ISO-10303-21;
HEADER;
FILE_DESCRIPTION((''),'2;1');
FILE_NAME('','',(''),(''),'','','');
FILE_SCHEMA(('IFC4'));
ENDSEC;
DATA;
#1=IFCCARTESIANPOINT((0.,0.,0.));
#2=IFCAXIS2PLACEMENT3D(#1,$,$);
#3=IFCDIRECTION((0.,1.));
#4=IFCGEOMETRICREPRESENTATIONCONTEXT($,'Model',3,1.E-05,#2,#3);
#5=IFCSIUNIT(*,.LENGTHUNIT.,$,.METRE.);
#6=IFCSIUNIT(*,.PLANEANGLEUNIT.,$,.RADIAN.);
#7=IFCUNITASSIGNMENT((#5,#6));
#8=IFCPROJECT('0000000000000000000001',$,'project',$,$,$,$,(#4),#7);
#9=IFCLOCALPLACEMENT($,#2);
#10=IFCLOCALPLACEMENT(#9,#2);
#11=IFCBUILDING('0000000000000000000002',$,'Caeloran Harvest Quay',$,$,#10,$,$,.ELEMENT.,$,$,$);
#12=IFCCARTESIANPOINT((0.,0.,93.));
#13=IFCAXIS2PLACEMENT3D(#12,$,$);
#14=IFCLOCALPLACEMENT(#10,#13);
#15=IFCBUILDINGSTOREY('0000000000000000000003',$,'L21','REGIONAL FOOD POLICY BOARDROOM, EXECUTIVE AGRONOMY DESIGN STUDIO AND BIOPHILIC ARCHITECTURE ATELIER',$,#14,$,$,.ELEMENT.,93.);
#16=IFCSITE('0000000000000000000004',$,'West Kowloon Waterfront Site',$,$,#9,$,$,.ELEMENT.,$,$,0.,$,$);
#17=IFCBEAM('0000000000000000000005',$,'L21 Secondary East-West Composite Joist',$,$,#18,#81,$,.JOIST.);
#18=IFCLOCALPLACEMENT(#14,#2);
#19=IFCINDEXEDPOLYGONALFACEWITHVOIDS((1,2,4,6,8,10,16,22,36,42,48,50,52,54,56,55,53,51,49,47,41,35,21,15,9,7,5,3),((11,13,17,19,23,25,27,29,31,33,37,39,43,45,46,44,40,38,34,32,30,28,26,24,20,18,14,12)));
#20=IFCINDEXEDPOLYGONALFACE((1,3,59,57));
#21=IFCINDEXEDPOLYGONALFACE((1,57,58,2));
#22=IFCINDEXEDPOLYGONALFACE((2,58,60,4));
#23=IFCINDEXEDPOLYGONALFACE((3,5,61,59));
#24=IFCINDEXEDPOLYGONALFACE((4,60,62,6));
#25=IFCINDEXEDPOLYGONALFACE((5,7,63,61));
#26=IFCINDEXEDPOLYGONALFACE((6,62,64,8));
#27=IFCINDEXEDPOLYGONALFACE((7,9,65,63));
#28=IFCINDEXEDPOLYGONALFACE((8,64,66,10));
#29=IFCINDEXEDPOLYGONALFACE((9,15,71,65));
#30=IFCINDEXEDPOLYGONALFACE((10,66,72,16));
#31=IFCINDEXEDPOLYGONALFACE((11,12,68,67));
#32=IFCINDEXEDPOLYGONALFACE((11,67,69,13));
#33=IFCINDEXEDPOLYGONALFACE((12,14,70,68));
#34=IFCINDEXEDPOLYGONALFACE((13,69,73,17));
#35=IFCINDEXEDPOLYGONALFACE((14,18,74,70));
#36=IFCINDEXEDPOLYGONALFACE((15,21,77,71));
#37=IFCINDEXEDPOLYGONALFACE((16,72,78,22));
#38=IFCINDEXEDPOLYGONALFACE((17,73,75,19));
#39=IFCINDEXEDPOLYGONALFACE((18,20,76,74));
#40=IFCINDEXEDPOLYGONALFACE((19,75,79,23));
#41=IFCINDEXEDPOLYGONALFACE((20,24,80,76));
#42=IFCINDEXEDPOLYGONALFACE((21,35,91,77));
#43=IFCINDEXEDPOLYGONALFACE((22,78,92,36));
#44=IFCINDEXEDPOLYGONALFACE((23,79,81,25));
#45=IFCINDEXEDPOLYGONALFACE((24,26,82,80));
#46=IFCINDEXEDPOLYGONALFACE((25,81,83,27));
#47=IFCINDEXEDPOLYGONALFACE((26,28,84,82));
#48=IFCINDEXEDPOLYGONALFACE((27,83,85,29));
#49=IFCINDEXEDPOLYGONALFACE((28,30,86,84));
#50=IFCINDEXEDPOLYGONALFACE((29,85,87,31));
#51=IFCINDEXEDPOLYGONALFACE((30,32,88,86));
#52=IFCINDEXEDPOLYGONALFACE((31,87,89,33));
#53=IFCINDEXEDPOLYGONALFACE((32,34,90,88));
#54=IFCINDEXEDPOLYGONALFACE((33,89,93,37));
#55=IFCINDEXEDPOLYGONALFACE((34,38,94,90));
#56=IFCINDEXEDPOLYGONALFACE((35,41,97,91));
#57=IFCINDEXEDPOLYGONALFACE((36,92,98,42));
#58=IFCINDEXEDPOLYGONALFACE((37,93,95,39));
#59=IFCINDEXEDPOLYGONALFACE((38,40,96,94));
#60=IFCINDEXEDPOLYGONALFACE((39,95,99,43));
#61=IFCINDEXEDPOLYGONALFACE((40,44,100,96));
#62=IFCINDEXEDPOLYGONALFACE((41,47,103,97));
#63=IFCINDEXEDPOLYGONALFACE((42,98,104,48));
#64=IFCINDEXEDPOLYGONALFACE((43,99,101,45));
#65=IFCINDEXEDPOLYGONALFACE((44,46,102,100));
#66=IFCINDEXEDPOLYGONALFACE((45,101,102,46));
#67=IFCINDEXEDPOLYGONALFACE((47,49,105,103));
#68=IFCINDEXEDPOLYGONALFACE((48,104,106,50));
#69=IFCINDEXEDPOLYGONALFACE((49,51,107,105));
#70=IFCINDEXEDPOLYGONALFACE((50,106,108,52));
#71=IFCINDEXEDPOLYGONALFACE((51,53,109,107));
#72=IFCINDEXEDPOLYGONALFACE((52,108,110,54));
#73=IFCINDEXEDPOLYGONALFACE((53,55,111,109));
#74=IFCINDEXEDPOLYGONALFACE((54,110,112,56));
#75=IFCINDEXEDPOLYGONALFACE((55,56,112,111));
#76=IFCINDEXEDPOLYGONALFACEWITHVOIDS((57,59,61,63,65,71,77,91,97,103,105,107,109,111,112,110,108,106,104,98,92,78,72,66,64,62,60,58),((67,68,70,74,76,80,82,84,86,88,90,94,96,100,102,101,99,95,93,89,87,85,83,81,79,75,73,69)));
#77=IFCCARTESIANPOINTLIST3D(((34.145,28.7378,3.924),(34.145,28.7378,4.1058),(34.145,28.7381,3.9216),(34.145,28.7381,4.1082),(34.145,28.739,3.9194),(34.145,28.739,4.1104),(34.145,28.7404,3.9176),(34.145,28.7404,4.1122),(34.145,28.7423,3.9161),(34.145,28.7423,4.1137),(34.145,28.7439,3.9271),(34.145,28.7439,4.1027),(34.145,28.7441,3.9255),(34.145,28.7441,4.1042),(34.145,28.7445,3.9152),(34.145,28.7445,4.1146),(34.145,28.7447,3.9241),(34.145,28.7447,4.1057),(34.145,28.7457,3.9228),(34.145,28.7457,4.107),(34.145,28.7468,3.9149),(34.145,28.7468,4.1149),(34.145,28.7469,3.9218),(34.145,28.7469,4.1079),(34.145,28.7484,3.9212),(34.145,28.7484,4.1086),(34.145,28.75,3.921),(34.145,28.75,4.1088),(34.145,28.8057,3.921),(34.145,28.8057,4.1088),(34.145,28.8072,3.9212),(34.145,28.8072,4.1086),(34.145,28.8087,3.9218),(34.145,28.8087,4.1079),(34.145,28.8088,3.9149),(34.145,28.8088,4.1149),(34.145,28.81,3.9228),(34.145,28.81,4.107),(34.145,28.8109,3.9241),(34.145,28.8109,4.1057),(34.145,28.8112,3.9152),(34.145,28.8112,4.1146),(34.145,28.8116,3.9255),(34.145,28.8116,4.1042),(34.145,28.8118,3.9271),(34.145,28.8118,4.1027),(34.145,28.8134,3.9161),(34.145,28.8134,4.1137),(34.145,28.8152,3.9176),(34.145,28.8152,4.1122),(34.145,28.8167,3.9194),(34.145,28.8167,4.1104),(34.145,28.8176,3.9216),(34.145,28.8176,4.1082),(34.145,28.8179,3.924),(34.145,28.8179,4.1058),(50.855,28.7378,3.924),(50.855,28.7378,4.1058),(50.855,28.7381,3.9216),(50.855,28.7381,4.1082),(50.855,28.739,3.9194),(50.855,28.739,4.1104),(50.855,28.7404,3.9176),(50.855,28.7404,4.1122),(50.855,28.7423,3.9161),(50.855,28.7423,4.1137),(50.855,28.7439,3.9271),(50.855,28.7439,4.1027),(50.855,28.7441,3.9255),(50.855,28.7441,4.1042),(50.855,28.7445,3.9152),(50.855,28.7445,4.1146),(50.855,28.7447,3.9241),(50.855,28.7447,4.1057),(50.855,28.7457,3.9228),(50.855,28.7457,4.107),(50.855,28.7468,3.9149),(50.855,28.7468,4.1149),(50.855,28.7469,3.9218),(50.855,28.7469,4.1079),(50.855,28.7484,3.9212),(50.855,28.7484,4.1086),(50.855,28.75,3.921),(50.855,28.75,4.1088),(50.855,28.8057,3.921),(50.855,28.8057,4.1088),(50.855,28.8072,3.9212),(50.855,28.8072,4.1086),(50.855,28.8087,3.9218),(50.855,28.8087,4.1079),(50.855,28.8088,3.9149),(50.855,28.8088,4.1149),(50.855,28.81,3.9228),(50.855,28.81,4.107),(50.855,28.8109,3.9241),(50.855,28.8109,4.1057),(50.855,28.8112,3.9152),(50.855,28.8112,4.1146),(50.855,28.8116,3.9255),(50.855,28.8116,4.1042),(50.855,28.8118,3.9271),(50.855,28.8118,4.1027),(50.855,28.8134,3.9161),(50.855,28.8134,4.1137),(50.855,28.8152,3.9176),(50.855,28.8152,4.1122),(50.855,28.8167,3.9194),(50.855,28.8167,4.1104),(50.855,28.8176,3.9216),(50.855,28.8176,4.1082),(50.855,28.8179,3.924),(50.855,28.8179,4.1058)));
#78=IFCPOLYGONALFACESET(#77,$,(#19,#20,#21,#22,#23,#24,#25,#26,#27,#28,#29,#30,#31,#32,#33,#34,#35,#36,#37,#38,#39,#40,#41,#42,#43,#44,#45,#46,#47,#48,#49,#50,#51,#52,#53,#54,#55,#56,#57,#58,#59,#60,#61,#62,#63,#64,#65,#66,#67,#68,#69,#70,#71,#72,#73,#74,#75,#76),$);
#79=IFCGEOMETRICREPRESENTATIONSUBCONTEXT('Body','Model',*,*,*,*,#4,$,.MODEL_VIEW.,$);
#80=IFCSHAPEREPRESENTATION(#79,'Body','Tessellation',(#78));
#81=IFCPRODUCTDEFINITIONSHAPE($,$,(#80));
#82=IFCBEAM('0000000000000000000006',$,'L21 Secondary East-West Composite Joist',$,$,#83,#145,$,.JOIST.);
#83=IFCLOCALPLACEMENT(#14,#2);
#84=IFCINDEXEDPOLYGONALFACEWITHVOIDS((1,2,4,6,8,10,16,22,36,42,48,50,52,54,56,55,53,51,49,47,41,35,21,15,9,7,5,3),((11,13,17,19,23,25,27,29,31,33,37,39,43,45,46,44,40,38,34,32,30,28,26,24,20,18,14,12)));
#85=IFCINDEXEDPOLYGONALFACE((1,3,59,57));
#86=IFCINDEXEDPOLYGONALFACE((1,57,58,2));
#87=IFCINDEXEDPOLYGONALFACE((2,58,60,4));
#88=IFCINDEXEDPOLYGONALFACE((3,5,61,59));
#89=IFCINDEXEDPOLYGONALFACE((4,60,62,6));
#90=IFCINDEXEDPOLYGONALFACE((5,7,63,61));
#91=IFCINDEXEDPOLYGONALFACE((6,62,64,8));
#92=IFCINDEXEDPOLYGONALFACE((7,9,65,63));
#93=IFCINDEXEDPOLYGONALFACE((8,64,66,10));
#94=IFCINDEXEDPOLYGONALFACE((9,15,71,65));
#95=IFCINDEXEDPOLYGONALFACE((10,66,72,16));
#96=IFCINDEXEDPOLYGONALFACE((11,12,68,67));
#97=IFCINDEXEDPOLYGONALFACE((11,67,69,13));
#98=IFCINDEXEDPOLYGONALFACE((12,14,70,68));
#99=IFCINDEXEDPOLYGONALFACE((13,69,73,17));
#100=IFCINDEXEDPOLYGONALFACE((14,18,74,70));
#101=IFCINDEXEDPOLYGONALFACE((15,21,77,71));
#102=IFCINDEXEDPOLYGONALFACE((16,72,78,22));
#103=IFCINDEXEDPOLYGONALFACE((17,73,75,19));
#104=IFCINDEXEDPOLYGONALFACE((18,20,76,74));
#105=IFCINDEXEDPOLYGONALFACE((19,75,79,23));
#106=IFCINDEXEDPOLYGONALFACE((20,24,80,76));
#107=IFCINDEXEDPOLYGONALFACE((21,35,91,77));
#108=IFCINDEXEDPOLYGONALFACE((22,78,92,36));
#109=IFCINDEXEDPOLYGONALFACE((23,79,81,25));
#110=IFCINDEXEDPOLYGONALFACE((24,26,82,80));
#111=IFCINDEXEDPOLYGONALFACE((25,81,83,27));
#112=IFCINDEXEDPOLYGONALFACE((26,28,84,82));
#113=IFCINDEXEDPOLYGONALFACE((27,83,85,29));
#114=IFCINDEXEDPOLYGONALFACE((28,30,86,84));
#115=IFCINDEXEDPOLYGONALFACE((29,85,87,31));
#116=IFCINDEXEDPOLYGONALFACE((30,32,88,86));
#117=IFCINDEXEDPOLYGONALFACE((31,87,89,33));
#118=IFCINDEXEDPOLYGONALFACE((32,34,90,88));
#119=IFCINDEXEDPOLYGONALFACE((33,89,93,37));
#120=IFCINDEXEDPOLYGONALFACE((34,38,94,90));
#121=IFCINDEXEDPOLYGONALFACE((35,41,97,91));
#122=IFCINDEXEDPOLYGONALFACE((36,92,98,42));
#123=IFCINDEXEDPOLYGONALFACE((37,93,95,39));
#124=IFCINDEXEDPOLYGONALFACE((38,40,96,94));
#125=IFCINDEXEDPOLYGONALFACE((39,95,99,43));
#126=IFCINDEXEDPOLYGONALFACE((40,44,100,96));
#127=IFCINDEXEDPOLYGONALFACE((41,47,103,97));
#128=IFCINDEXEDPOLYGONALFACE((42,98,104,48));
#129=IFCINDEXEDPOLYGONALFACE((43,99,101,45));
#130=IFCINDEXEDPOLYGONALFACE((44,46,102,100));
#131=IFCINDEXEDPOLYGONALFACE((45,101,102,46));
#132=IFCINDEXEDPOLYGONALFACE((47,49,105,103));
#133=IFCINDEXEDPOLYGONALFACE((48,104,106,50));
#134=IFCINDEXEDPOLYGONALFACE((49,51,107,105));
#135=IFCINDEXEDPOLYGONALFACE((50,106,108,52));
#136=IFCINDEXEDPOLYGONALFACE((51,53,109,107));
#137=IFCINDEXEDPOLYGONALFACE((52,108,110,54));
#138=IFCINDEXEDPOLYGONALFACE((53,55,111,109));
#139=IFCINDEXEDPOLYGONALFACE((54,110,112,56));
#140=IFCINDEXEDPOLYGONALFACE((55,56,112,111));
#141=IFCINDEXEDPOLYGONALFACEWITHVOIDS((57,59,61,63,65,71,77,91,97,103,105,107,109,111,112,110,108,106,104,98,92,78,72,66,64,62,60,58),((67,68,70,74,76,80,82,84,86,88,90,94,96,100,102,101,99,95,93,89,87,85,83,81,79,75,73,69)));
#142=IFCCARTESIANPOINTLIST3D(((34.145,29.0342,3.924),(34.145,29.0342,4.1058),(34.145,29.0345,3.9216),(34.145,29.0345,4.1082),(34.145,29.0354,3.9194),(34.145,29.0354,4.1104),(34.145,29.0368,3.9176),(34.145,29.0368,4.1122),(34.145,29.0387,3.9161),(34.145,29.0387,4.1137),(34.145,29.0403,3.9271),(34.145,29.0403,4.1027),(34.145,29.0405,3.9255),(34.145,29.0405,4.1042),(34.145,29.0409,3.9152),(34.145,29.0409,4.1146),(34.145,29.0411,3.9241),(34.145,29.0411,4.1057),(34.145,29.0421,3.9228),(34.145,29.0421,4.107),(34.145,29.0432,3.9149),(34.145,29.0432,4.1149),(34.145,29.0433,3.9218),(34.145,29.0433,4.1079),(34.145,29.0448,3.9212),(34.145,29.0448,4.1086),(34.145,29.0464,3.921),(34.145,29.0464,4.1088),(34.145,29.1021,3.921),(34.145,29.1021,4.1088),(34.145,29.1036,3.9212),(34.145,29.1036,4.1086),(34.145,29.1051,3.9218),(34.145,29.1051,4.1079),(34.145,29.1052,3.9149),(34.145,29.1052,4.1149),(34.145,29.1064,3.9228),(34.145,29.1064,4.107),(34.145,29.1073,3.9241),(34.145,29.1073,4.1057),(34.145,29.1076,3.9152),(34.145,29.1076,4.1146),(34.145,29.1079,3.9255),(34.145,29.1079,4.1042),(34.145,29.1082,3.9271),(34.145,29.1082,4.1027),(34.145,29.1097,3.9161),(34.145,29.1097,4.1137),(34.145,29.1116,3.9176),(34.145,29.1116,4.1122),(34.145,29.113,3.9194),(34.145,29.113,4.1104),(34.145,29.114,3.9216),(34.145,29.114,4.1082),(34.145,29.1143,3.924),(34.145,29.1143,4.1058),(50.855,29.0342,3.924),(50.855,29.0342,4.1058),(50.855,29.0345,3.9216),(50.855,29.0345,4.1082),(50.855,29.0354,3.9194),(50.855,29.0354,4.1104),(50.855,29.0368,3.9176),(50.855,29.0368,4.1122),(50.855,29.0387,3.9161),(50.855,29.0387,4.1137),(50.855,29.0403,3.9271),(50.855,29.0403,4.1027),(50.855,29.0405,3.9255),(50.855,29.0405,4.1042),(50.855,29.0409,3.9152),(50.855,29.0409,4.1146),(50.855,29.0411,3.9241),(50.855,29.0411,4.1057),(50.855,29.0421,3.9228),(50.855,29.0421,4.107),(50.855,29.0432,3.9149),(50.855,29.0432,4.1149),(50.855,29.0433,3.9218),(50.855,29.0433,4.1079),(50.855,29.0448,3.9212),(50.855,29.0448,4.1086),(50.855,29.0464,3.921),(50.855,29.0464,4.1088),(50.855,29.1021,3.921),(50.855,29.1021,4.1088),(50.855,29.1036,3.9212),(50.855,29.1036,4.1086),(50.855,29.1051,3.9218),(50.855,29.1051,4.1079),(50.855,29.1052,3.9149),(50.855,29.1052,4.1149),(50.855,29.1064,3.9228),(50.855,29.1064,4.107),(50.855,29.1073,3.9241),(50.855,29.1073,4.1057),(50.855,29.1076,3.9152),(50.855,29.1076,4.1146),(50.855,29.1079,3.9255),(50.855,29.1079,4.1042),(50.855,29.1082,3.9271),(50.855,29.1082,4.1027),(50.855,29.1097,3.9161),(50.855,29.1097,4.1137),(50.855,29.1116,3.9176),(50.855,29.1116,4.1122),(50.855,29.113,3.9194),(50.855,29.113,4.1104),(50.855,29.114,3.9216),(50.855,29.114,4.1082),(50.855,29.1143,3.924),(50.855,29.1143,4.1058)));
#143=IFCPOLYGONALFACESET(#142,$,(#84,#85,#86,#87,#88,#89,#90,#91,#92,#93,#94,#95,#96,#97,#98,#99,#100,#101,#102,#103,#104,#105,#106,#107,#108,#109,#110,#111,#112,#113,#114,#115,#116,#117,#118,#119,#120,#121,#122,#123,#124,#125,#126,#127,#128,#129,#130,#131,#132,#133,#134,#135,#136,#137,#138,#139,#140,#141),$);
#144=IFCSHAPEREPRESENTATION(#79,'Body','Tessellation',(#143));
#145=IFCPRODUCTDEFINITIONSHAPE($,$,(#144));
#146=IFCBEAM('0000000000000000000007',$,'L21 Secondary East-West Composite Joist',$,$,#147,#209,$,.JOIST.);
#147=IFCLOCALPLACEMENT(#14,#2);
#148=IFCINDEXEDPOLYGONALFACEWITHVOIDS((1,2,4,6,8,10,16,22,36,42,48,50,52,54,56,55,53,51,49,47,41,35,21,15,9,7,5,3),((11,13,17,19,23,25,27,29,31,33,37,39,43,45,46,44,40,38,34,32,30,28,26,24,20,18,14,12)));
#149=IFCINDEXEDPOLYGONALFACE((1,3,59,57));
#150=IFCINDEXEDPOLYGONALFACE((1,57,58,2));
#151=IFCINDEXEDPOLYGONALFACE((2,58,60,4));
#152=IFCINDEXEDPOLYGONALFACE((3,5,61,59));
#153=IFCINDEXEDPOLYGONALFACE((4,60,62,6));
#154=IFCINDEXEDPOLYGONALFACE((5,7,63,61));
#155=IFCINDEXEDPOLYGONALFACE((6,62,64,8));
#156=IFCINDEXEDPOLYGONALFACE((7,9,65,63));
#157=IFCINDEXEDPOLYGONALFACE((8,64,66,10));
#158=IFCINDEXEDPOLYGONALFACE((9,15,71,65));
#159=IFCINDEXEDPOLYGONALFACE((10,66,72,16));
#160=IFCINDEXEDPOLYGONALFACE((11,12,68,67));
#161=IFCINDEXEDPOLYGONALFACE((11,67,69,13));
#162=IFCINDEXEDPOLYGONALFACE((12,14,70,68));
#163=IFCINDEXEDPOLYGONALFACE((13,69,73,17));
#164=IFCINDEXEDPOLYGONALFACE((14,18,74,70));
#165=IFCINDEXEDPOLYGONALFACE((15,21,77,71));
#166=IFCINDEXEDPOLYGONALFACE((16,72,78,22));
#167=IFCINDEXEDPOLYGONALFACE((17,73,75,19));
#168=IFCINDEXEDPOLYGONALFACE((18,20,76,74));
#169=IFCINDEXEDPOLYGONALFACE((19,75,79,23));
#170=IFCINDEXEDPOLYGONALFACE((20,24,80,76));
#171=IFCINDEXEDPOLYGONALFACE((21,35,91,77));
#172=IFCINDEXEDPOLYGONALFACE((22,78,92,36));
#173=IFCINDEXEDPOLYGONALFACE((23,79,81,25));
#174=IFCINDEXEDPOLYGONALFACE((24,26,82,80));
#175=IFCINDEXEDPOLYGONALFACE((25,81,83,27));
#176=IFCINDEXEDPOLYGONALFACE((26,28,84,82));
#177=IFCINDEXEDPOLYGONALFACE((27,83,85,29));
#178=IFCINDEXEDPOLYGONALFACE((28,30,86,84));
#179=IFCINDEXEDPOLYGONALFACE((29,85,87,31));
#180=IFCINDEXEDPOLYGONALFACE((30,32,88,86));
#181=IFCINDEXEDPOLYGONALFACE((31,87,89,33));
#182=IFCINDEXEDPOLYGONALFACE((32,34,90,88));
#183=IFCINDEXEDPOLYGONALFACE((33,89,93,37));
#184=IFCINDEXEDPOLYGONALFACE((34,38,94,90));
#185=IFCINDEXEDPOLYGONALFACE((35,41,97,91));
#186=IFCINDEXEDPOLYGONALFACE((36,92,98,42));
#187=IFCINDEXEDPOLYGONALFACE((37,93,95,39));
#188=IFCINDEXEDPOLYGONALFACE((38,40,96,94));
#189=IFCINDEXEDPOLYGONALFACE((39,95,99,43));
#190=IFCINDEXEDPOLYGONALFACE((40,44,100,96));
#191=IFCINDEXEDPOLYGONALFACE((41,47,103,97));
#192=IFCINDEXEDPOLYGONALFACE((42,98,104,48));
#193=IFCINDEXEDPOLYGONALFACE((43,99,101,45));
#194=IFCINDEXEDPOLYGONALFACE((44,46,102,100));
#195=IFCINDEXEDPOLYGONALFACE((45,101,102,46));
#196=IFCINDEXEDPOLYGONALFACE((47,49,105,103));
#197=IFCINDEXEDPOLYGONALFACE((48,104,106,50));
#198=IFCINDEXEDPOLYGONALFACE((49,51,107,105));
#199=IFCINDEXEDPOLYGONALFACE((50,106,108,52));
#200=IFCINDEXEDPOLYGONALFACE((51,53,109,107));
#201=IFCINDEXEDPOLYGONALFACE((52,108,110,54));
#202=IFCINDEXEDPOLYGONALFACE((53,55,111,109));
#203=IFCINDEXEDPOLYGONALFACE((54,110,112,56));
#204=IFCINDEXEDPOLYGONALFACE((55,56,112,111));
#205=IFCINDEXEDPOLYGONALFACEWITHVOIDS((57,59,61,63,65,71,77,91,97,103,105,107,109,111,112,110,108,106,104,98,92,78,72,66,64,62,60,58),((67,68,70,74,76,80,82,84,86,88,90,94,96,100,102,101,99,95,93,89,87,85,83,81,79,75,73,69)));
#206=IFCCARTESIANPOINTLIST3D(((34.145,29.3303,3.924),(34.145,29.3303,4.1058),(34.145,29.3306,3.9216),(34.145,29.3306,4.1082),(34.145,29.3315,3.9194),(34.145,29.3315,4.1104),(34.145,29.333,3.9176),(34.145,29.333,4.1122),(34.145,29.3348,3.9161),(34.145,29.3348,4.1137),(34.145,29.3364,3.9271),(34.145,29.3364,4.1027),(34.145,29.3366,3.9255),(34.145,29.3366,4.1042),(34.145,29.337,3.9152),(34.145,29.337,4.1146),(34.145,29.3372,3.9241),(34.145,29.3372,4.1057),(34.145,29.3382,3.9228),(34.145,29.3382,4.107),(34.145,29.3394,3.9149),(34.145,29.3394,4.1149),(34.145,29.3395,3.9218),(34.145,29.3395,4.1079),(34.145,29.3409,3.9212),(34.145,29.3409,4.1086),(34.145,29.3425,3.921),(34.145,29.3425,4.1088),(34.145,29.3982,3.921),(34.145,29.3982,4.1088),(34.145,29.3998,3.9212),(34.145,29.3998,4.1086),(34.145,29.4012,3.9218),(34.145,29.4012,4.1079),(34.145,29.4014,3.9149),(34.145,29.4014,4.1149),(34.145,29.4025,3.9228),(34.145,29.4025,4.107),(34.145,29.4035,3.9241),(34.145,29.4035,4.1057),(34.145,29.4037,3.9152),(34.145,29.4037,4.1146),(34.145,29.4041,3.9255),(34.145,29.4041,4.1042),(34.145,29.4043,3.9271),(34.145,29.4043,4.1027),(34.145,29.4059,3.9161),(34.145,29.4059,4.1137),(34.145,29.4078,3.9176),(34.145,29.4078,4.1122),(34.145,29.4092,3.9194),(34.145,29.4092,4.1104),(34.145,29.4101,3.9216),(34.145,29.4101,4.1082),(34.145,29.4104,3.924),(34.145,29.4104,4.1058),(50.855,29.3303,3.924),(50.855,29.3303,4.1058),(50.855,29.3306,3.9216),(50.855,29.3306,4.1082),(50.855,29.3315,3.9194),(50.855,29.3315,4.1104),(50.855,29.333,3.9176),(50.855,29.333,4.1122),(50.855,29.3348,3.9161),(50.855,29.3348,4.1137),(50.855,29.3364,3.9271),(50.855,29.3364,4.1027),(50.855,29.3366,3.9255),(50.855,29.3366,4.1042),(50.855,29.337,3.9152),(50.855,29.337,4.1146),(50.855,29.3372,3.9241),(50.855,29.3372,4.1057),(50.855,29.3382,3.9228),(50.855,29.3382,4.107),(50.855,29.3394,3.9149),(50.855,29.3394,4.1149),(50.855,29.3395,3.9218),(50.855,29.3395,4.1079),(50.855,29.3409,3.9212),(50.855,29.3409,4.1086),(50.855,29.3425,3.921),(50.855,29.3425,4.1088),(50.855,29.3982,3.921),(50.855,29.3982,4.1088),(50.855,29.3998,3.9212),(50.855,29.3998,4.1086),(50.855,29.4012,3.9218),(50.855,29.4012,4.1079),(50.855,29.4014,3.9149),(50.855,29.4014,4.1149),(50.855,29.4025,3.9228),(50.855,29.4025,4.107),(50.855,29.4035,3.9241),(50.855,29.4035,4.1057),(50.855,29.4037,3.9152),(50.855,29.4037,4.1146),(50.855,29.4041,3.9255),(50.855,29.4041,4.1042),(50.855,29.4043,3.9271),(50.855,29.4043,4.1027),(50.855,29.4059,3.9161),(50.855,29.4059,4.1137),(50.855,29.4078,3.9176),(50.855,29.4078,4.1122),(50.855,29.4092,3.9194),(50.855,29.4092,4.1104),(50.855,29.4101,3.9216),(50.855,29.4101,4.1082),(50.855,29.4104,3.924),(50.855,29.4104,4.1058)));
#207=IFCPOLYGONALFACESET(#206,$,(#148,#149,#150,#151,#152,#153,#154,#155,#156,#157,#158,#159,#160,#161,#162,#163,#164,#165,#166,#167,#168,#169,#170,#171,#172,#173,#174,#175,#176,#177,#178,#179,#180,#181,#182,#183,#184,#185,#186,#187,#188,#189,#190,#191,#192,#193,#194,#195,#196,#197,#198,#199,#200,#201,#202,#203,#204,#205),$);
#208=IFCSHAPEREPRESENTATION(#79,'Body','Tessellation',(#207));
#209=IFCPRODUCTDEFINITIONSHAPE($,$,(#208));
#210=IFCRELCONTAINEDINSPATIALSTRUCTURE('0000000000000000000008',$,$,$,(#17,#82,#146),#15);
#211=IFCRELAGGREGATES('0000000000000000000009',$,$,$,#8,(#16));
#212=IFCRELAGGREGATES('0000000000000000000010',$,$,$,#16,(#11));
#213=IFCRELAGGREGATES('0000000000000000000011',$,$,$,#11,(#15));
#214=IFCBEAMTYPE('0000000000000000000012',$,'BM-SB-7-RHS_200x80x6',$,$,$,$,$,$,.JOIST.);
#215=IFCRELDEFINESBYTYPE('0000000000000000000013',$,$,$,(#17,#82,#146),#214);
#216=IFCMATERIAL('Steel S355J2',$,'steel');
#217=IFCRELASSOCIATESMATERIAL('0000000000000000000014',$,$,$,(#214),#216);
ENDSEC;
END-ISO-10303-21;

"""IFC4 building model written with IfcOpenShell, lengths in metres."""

from ifc_helpers import new_model, si_unit, direction, frame, origin, origin_2d, place, context, subcontext, project, spatial, hollow_rectangle, extrude, material, material_profile, profile_set, type_object, element, save


model = new_model("IFC4")

# Units and contexts
model_context = context("Model", 3, precision=1e-05, world=origin(), true_north=direction((0.0, 1.0)))
body_context = subcontext(model_context, "Body", "Model", "MODEL_VIEW")
ifc_project = project(units=[si_unit("LENGTHUNIT", "METRE"), si_unit("PLANEANGLEUNIT", "RADIAN")], contexts=[model_context])

# Site, building, storey
site_placement = place(None, origin())
site = spatial("IfcSite", under=ifc_project, at=site_placement, Name="West Kowloon Waterfront Site", CompositionType="ELEMENT", RefElevation=0.0)
building_placement = place(site_placement, origin())
building = spatial("IfcBuilding", under=site, at=building_placement, Name="Caeloran Harvest Quay", CompositionType="ELEMENT")
storey_placement = place(building_placement, frame((0.0, 0.0, 93.0)))
storey = spatial("IfcBuildingStorey", under=building, at=storey_placement, Name="L21", Description="REGIONAL FOOD POLICY BOARDROOM, EXECUTIVE AGRONOMY DESIGN STUDIO AND BIOPHILIC ARCHITECTURE ATELIER", CompositionType="ELEMENT", Elevation=93.0)

# Beams
ifc_material_1 = material(Name="Steel S355J2", Category="steel")
ifc_material_profile_1 = material_profile(ifc_material_1, hollow_rectangle(XDim=0.0801, YDim=0.2, WallThickness=0.0061, InnerFilletRadius=0.0061, OuterFilletRadius=0.009, at=origin_2d()), Name="RHS 200x80x6")
ifc_profile_set_1 = profile_set([ifc_material_profile_1], Name="Steel S355J2")
beam_type_1 = type_object("IfcBeamType", Name="BM-SB-7-RHS_200x80x6", PredefinedType="JOIST", material=ifc_profile_set_1)
for number, where, z_axis, x_axis, name in (
    (1, (34.145, 28.7778, 4.0149), (1.0, 0.0, 0.0), (0.0, 1.0, 0.0), "L21 Secondary East-West Composite Joist"),
    (2, (34.145, 29.0742, 4.0149), (1.0, 0.0, 0.0), (0.0, 1.0, 0.0), "L21 Secondary East-West Composite Joist"),
    (3, (34.145, 29.3704, 4.0149), (1.0, 0.0, 0.0), (0.0, 1.0, 0.0), "L21 Secondary East-West Composite Joist"),
):
    element("IfcBeam", number, at=place(storey_placement, frame(where, z_axis=z_axis, x_axis=x_axis)), inside=storey, type_object=beam_type_1, Name=name, PredefinedType="JOIST", context=body_context, shape_type="SweptSolid", body=[
        extrude(hollow_rectangle(XDim=0.0801, YDim=0.2, WallThickness=0.0061, InnerFilletRadius=0.0061, OuterFilletRadius=0.009, at=origin_2d()), origin(), (0.0, 0.0, 1.0), 16.71),
    ])

save(model, "model.ifc")
